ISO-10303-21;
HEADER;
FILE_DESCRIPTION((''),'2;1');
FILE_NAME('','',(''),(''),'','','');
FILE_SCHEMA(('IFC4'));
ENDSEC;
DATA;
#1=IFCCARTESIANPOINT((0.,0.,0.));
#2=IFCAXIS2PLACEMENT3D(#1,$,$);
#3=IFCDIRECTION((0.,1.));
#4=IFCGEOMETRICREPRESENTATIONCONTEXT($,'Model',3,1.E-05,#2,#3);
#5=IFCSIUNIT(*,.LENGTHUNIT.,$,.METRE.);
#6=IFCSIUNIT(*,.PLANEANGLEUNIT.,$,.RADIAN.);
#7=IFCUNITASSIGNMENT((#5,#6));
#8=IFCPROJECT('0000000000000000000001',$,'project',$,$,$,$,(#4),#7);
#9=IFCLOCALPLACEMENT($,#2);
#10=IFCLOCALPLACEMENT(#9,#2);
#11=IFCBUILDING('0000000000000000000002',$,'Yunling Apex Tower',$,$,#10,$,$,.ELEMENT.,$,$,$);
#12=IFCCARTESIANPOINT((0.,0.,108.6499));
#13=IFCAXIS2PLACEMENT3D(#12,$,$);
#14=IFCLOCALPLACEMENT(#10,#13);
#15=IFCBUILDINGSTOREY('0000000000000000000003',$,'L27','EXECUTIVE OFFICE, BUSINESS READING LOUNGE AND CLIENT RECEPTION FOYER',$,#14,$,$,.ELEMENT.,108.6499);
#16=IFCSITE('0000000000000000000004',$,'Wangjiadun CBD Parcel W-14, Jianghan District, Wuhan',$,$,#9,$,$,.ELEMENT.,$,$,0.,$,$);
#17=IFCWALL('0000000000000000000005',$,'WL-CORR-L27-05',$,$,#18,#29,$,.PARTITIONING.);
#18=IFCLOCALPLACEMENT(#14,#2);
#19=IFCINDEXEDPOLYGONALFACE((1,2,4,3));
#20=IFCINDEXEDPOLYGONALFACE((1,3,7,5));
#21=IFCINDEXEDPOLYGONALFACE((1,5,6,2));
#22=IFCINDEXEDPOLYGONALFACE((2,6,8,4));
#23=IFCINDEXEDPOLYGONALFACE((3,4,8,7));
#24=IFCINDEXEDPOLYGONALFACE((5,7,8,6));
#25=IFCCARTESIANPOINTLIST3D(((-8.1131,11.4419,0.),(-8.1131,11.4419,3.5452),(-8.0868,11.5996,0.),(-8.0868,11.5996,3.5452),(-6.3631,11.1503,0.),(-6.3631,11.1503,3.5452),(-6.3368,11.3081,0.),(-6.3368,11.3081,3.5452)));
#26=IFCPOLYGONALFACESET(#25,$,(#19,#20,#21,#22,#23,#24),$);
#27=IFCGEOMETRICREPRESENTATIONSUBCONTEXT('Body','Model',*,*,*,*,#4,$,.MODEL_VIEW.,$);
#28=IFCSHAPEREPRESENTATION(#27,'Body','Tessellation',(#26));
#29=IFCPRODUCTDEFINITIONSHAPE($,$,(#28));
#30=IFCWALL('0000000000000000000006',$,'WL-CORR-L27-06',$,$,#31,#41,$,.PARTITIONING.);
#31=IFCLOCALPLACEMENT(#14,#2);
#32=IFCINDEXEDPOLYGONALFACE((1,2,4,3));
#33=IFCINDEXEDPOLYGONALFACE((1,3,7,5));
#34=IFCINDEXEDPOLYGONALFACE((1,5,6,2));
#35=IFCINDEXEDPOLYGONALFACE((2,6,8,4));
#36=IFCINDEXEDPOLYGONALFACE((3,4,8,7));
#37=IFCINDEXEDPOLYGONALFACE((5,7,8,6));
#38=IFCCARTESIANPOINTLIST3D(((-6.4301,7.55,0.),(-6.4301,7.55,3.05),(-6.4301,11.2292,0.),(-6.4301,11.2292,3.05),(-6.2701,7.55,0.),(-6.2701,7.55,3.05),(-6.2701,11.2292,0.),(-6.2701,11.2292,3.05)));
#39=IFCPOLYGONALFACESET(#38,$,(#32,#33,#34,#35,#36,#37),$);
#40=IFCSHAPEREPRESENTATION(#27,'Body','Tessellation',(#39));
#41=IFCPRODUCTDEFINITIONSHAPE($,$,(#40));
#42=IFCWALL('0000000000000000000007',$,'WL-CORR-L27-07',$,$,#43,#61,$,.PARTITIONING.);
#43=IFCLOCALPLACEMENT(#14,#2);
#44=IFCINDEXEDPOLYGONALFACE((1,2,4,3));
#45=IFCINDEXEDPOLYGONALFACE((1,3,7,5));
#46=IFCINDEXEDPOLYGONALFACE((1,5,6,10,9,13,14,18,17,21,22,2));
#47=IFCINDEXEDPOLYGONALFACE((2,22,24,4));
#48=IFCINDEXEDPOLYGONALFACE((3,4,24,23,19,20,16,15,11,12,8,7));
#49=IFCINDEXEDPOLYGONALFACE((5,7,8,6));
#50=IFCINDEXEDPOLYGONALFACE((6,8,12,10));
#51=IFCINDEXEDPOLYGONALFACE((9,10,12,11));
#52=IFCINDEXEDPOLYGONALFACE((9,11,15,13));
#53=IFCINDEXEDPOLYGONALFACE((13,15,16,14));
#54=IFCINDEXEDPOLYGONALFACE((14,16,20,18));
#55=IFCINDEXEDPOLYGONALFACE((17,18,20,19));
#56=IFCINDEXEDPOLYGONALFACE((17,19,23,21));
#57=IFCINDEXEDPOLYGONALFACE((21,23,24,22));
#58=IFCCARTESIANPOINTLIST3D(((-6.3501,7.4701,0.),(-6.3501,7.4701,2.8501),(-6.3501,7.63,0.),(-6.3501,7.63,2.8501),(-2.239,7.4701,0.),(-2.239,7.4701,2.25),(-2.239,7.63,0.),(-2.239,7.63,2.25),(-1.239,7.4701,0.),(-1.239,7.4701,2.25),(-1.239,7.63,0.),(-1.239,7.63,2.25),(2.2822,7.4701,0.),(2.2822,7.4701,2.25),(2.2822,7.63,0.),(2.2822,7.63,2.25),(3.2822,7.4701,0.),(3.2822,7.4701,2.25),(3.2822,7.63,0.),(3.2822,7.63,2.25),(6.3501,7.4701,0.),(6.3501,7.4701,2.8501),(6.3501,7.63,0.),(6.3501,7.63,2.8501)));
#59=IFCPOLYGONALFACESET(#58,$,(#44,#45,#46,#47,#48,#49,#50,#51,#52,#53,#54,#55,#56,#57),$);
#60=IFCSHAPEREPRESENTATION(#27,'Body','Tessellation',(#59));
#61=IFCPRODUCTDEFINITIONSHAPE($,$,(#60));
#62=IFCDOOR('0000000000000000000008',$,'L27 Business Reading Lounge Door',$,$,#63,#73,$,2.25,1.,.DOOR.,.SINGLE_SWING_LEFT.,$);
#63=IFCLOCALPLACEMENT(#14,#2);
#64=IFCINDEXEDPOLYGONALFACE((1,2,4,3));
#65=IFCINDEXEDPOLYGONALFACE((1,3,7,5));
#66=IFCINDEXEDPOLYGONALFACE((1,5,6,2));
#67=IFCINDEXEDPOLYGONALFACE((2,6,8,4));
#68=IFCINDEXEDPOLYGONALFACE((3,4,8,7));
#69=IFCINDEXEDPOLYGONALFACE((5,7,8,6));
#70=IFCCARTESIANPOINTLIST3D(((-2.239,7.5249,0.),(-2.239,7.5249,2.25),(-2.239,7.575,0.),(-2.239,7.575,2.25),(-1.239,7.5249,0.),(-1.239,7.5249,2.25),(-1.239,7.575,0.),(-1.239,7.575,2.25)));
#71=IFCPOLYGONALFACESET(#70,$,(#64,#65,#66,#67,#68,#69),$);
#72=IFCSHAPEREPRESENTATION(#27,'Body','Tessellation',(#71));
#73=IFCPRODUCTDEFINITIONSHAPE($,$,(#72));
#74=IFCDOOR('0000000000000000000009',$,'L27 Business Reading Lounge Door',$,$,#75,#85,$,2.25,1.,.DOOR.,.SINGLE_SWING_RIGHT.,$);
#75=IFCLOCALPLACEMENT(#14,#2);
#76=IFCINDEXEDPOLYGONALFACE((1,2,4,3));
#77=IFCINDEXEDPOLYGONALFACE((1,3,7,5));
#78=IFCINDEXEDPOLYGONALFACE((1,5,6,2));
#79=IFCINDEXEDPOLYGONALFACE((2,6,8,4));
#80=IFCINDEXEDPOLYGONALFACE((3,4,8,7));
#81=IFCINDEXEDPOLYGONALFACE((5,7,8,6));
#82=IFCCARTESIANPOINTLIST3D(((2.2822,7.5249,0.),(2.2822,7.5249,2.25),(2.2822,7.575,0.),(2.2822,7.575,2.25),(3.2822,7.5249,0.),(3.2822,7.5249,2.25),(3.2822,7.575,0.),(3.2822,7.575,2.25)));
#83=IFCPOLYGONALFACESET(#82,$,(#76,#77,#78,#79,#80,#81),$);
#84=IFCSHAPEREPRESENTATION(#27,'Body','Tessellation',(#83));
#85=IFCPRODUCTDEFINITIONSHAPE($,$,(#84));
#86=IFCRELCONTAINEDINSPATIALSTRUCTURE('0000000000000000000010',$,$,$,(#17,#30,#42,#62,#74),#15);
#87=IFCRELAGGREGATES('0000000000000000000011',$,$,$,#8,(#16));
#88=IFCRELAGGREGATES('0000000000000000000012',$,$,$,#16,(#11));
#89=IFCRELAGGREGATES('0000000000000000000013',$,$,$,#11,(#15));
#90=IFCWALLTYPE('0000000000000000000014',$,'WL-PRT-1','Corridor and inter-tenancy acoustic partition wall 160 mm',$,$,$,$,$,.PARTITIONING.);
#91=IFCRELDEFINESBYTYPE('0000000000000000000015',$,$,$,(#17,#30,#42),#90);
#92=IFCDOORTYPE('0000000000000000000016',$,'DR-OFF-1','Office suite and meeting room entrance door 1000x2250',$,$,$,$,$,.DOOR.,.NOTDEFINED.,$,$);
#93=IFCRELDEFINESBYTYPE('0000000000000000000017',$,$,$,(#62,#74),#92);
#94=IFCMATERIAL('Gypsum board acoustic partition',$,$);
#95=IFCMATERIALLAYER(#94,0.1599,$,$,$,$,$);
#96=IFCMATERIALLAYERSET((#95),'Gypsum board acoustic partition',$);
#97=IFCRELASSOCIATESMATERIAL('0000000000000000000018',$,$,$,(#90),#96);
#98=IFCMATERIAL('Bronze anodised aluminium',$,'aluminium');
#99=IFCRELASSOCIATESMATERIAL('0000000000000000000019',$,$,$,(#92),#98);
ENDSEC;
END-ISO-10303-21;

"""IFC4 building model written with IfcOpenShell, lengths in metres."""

from ifc_helpers import new_model, si_unit, direction, frame, frame_2d, origin, place, context, subcontext, project, spatial, rectangle, extrude, material, layer, layer_set, type_object, element, fill, save


model = new_model("IFC4")

# Units and contexts
model_context = context("Model", 3, precision=1e-05, world=origin(), true_north=direction((0.0, 1.0)))
body_context = subcontext(model_context, "Body", "Model", "MODEL_VIEW")
ifc_project = project(units=[si_unit("LENGTHUNIT", "METRE"), si_unit("PLANEANGLEUNIT", "RADIAN")], contexts=[model_context])

# Site, building, storey
site_placement = place(None, origin())
site = spatial("IfcSite", under=ifc_project, at=site_placement, Name="Wangjiadun CBD Parcel W-14, Jianghan District, Wuhan", CompositionType="ELEMENT", RefElevation=0.0)
building_placement = place(site_placement, origin())
building = spatial("IfcBuilding", under=site, at=building_placement, Name="Yunling Apex Tower", CompositionType="ELEMENT")
storey_placement = place(building_placement, frame((0.0, 0.0, 108.6499)))
storey = spatial("IfcBuildingStorey", under=building, at=storey_placement, Name="L27", Description="EXECUTIVE OFFICE, BUSINESS READING LOUNGE AND CLIENT RECEPTION FOYER", CompositionType="ELEMENT", Elevation=108.6499)

# Shared definitions
ifc_material_1 = material(Name="Bronze anodised aluminium", Category="aluminium")

# Walls
ifc_material_2 = material(Name="Gypsum board acoustic partition")
ifc_layer_1 = layer(ifc_material_2, 0.1599)
ifc_layer_set_1 = layer_set([ifc_layer_1], Name="Gypsum board acoustic partition")
wall_type = type_object("IfcWallType", Name="WL-PRT-1", Description="Corridor and inter-tenancy acoustic partition wall 160 mm", PredefinedType="PARTITIONING", material=ifc_layer_set_1)
wall_1_placement = place(storey_placement, frame((-8.1001, 11.5208, 0.0), z_axis=(0.0, 0.0, 1.0), x_axis=(0.986409, -0.16431, 0.0)))
element("IfcWall", 1, at=wall_1_placement, inside=storey, type_object=wall_type, Name="WL-CORR-L27-05", PredefinedType="PARTITIONING", context=body_context, shape_type="SweptSolid", body=[
    extrude(rectangle(XDim=1.7742, YDim=0.1599, at=frame_2d((0.8872, 0.0))), origin(), (0.0, 0.0, 1.0), 3.5452),
])
wall_2_placement = place(storey_placement, frame((-6.3501, 11.2292, 0.0), z_axis=(0.0, 0.0, 1.0), x_axis=(0.0, -1.0, 0.0)))
element("IfcWall", 2, at=wall_2_placement, inside=storey, type_object=wall_type, Name="WL-CORR-L27-06", PredefinedType="PARTITIONING", context=body_context, shape_type="SweptSolid", body=[
    extrude(rectangle(XDim=3.6792, YDim=0.1599, at=frame_2d((1.8396, 0.0))), origin(), (0.0, 0.0, 1.0), 3.05),
])

# Wall, openings, doors
wall_3_placement = place(storey_placement, frame((-6.3501, 7.55, 0.0), z_axis=(0.0, 0.0, 1.0), x_axis=(1.0, 0.0, 0.0)))
wall_3 = element("IfcWall", 3, at=wall_3_placement, inside=storey, type_object=wall_type, Name="WL-CORR-L27-07", PredefinedType="PARTITIONING", context=body_context, shape_type="SweptSolid", body=[
    extrude(rectangle(XDim=12.7002, YDim=0.1599, at=frame_2d((6.3501, 0.0))), origin(), (0.0, 0.0, 1.0), 2.8501),
])
opening_1_placement = place(wall_3_placement, frame((4.1111, 0.0, 0.0)))
opening_1 = element("IfcOpeningElement", 4, at=opening_1_placement, cuts=wall_3, PredefinedType="OPENING", context=body_context, shape_type="SweptSolid", body=[
    extrude(rectangle(XDim=1.0, YDim=2.25, at=frame_2d((0.5, 1.125))), frame((0.0, 0.0898, 0.0), z_axis=(0.0, -1.0, 0.0), x_axis=(1.0, 0.0, 0.0)), (0.0, 0.0, 1.0), 0.1799),
])
opening_2_placement = place(wall_3_placement, frame((8.6323, 0.0, 0.0)))
opening_2 = element("IfcOpeningElement", 5, at=opening_2_placement, cuts=wall_3, PredefinedType="OPENING", context=body_context, shape_type="SweptSolid", body=[
    extrude(rectangle(XDim=1.0, YDim=2.25, at=frame_2d((0.5, 1.125))), frame((0.0, 0.0898, 0.0), z_axis=(0.0, -1.0, 0.0), x_axis=(1.0, 0.0, 0.0)), (0.0, 0.0, 1.0), 0.1799),
])
door_type = type_object("IfcDoorType", Name="DR-OFF-1", Description="Office suite and meeting room entrance door 1000x2250", OperationType="NOTDEFINED", PredefinedType="DOOR", material=ifc_material_1)
door_1_placement = place(opening_1_placement, origin())
door_1 = element("IfcDoor", 6, at=door_1_placement, inside=storey, type_object=door_type, Name="L27 Business Reading Lounge Door", OperationType="SINGLE_SWING_LEFT", OverallHeight=2.25, OverallWidth=1.0, PredefinedType="DOOR", context=body_context, shape_type="SweptSolid", body=[
    extrude(rectangle(XDim=1.0, YDim=2.25, at=frame_2d((0.5, 1.125))), frame((0.0, 0.0249, 0.0), z_axis=(0.0, -1.0, 0.0), x_axis=(1.0, 0.0, 0.0)), (0.0, 0.0, 1.0), 0.05),
])
fill(opening_1, door_1)
door_2_placement = place(opening_2_placement, origin())
door_2 = element("IfcDoor", 7, at=door_2_placement, inside=storey, type_object=door_type, Name="L27 Business Reading Lounge Door", OperationType="SINGLE_SWING_RIGHT", OverallHeight=2.25, OverallWidth=1.0, PredefinedType="DOOR", context=body_context, shape_type="SweptSolid", body=[
    extrude(rectangle(XDim=1.0, YDim=2.25, at=frame_2d((0.5, 1.125))), frame((0.0, 0.0249, 0.0), z_axis=(0.0, -1.0, 0.0), x_axis=(1.0, 0.0, 0.0)), (0.0, 0.0, 1.0), 0.05),
])
fill(opening_2, door_2)

save(model, "model.ifc")
